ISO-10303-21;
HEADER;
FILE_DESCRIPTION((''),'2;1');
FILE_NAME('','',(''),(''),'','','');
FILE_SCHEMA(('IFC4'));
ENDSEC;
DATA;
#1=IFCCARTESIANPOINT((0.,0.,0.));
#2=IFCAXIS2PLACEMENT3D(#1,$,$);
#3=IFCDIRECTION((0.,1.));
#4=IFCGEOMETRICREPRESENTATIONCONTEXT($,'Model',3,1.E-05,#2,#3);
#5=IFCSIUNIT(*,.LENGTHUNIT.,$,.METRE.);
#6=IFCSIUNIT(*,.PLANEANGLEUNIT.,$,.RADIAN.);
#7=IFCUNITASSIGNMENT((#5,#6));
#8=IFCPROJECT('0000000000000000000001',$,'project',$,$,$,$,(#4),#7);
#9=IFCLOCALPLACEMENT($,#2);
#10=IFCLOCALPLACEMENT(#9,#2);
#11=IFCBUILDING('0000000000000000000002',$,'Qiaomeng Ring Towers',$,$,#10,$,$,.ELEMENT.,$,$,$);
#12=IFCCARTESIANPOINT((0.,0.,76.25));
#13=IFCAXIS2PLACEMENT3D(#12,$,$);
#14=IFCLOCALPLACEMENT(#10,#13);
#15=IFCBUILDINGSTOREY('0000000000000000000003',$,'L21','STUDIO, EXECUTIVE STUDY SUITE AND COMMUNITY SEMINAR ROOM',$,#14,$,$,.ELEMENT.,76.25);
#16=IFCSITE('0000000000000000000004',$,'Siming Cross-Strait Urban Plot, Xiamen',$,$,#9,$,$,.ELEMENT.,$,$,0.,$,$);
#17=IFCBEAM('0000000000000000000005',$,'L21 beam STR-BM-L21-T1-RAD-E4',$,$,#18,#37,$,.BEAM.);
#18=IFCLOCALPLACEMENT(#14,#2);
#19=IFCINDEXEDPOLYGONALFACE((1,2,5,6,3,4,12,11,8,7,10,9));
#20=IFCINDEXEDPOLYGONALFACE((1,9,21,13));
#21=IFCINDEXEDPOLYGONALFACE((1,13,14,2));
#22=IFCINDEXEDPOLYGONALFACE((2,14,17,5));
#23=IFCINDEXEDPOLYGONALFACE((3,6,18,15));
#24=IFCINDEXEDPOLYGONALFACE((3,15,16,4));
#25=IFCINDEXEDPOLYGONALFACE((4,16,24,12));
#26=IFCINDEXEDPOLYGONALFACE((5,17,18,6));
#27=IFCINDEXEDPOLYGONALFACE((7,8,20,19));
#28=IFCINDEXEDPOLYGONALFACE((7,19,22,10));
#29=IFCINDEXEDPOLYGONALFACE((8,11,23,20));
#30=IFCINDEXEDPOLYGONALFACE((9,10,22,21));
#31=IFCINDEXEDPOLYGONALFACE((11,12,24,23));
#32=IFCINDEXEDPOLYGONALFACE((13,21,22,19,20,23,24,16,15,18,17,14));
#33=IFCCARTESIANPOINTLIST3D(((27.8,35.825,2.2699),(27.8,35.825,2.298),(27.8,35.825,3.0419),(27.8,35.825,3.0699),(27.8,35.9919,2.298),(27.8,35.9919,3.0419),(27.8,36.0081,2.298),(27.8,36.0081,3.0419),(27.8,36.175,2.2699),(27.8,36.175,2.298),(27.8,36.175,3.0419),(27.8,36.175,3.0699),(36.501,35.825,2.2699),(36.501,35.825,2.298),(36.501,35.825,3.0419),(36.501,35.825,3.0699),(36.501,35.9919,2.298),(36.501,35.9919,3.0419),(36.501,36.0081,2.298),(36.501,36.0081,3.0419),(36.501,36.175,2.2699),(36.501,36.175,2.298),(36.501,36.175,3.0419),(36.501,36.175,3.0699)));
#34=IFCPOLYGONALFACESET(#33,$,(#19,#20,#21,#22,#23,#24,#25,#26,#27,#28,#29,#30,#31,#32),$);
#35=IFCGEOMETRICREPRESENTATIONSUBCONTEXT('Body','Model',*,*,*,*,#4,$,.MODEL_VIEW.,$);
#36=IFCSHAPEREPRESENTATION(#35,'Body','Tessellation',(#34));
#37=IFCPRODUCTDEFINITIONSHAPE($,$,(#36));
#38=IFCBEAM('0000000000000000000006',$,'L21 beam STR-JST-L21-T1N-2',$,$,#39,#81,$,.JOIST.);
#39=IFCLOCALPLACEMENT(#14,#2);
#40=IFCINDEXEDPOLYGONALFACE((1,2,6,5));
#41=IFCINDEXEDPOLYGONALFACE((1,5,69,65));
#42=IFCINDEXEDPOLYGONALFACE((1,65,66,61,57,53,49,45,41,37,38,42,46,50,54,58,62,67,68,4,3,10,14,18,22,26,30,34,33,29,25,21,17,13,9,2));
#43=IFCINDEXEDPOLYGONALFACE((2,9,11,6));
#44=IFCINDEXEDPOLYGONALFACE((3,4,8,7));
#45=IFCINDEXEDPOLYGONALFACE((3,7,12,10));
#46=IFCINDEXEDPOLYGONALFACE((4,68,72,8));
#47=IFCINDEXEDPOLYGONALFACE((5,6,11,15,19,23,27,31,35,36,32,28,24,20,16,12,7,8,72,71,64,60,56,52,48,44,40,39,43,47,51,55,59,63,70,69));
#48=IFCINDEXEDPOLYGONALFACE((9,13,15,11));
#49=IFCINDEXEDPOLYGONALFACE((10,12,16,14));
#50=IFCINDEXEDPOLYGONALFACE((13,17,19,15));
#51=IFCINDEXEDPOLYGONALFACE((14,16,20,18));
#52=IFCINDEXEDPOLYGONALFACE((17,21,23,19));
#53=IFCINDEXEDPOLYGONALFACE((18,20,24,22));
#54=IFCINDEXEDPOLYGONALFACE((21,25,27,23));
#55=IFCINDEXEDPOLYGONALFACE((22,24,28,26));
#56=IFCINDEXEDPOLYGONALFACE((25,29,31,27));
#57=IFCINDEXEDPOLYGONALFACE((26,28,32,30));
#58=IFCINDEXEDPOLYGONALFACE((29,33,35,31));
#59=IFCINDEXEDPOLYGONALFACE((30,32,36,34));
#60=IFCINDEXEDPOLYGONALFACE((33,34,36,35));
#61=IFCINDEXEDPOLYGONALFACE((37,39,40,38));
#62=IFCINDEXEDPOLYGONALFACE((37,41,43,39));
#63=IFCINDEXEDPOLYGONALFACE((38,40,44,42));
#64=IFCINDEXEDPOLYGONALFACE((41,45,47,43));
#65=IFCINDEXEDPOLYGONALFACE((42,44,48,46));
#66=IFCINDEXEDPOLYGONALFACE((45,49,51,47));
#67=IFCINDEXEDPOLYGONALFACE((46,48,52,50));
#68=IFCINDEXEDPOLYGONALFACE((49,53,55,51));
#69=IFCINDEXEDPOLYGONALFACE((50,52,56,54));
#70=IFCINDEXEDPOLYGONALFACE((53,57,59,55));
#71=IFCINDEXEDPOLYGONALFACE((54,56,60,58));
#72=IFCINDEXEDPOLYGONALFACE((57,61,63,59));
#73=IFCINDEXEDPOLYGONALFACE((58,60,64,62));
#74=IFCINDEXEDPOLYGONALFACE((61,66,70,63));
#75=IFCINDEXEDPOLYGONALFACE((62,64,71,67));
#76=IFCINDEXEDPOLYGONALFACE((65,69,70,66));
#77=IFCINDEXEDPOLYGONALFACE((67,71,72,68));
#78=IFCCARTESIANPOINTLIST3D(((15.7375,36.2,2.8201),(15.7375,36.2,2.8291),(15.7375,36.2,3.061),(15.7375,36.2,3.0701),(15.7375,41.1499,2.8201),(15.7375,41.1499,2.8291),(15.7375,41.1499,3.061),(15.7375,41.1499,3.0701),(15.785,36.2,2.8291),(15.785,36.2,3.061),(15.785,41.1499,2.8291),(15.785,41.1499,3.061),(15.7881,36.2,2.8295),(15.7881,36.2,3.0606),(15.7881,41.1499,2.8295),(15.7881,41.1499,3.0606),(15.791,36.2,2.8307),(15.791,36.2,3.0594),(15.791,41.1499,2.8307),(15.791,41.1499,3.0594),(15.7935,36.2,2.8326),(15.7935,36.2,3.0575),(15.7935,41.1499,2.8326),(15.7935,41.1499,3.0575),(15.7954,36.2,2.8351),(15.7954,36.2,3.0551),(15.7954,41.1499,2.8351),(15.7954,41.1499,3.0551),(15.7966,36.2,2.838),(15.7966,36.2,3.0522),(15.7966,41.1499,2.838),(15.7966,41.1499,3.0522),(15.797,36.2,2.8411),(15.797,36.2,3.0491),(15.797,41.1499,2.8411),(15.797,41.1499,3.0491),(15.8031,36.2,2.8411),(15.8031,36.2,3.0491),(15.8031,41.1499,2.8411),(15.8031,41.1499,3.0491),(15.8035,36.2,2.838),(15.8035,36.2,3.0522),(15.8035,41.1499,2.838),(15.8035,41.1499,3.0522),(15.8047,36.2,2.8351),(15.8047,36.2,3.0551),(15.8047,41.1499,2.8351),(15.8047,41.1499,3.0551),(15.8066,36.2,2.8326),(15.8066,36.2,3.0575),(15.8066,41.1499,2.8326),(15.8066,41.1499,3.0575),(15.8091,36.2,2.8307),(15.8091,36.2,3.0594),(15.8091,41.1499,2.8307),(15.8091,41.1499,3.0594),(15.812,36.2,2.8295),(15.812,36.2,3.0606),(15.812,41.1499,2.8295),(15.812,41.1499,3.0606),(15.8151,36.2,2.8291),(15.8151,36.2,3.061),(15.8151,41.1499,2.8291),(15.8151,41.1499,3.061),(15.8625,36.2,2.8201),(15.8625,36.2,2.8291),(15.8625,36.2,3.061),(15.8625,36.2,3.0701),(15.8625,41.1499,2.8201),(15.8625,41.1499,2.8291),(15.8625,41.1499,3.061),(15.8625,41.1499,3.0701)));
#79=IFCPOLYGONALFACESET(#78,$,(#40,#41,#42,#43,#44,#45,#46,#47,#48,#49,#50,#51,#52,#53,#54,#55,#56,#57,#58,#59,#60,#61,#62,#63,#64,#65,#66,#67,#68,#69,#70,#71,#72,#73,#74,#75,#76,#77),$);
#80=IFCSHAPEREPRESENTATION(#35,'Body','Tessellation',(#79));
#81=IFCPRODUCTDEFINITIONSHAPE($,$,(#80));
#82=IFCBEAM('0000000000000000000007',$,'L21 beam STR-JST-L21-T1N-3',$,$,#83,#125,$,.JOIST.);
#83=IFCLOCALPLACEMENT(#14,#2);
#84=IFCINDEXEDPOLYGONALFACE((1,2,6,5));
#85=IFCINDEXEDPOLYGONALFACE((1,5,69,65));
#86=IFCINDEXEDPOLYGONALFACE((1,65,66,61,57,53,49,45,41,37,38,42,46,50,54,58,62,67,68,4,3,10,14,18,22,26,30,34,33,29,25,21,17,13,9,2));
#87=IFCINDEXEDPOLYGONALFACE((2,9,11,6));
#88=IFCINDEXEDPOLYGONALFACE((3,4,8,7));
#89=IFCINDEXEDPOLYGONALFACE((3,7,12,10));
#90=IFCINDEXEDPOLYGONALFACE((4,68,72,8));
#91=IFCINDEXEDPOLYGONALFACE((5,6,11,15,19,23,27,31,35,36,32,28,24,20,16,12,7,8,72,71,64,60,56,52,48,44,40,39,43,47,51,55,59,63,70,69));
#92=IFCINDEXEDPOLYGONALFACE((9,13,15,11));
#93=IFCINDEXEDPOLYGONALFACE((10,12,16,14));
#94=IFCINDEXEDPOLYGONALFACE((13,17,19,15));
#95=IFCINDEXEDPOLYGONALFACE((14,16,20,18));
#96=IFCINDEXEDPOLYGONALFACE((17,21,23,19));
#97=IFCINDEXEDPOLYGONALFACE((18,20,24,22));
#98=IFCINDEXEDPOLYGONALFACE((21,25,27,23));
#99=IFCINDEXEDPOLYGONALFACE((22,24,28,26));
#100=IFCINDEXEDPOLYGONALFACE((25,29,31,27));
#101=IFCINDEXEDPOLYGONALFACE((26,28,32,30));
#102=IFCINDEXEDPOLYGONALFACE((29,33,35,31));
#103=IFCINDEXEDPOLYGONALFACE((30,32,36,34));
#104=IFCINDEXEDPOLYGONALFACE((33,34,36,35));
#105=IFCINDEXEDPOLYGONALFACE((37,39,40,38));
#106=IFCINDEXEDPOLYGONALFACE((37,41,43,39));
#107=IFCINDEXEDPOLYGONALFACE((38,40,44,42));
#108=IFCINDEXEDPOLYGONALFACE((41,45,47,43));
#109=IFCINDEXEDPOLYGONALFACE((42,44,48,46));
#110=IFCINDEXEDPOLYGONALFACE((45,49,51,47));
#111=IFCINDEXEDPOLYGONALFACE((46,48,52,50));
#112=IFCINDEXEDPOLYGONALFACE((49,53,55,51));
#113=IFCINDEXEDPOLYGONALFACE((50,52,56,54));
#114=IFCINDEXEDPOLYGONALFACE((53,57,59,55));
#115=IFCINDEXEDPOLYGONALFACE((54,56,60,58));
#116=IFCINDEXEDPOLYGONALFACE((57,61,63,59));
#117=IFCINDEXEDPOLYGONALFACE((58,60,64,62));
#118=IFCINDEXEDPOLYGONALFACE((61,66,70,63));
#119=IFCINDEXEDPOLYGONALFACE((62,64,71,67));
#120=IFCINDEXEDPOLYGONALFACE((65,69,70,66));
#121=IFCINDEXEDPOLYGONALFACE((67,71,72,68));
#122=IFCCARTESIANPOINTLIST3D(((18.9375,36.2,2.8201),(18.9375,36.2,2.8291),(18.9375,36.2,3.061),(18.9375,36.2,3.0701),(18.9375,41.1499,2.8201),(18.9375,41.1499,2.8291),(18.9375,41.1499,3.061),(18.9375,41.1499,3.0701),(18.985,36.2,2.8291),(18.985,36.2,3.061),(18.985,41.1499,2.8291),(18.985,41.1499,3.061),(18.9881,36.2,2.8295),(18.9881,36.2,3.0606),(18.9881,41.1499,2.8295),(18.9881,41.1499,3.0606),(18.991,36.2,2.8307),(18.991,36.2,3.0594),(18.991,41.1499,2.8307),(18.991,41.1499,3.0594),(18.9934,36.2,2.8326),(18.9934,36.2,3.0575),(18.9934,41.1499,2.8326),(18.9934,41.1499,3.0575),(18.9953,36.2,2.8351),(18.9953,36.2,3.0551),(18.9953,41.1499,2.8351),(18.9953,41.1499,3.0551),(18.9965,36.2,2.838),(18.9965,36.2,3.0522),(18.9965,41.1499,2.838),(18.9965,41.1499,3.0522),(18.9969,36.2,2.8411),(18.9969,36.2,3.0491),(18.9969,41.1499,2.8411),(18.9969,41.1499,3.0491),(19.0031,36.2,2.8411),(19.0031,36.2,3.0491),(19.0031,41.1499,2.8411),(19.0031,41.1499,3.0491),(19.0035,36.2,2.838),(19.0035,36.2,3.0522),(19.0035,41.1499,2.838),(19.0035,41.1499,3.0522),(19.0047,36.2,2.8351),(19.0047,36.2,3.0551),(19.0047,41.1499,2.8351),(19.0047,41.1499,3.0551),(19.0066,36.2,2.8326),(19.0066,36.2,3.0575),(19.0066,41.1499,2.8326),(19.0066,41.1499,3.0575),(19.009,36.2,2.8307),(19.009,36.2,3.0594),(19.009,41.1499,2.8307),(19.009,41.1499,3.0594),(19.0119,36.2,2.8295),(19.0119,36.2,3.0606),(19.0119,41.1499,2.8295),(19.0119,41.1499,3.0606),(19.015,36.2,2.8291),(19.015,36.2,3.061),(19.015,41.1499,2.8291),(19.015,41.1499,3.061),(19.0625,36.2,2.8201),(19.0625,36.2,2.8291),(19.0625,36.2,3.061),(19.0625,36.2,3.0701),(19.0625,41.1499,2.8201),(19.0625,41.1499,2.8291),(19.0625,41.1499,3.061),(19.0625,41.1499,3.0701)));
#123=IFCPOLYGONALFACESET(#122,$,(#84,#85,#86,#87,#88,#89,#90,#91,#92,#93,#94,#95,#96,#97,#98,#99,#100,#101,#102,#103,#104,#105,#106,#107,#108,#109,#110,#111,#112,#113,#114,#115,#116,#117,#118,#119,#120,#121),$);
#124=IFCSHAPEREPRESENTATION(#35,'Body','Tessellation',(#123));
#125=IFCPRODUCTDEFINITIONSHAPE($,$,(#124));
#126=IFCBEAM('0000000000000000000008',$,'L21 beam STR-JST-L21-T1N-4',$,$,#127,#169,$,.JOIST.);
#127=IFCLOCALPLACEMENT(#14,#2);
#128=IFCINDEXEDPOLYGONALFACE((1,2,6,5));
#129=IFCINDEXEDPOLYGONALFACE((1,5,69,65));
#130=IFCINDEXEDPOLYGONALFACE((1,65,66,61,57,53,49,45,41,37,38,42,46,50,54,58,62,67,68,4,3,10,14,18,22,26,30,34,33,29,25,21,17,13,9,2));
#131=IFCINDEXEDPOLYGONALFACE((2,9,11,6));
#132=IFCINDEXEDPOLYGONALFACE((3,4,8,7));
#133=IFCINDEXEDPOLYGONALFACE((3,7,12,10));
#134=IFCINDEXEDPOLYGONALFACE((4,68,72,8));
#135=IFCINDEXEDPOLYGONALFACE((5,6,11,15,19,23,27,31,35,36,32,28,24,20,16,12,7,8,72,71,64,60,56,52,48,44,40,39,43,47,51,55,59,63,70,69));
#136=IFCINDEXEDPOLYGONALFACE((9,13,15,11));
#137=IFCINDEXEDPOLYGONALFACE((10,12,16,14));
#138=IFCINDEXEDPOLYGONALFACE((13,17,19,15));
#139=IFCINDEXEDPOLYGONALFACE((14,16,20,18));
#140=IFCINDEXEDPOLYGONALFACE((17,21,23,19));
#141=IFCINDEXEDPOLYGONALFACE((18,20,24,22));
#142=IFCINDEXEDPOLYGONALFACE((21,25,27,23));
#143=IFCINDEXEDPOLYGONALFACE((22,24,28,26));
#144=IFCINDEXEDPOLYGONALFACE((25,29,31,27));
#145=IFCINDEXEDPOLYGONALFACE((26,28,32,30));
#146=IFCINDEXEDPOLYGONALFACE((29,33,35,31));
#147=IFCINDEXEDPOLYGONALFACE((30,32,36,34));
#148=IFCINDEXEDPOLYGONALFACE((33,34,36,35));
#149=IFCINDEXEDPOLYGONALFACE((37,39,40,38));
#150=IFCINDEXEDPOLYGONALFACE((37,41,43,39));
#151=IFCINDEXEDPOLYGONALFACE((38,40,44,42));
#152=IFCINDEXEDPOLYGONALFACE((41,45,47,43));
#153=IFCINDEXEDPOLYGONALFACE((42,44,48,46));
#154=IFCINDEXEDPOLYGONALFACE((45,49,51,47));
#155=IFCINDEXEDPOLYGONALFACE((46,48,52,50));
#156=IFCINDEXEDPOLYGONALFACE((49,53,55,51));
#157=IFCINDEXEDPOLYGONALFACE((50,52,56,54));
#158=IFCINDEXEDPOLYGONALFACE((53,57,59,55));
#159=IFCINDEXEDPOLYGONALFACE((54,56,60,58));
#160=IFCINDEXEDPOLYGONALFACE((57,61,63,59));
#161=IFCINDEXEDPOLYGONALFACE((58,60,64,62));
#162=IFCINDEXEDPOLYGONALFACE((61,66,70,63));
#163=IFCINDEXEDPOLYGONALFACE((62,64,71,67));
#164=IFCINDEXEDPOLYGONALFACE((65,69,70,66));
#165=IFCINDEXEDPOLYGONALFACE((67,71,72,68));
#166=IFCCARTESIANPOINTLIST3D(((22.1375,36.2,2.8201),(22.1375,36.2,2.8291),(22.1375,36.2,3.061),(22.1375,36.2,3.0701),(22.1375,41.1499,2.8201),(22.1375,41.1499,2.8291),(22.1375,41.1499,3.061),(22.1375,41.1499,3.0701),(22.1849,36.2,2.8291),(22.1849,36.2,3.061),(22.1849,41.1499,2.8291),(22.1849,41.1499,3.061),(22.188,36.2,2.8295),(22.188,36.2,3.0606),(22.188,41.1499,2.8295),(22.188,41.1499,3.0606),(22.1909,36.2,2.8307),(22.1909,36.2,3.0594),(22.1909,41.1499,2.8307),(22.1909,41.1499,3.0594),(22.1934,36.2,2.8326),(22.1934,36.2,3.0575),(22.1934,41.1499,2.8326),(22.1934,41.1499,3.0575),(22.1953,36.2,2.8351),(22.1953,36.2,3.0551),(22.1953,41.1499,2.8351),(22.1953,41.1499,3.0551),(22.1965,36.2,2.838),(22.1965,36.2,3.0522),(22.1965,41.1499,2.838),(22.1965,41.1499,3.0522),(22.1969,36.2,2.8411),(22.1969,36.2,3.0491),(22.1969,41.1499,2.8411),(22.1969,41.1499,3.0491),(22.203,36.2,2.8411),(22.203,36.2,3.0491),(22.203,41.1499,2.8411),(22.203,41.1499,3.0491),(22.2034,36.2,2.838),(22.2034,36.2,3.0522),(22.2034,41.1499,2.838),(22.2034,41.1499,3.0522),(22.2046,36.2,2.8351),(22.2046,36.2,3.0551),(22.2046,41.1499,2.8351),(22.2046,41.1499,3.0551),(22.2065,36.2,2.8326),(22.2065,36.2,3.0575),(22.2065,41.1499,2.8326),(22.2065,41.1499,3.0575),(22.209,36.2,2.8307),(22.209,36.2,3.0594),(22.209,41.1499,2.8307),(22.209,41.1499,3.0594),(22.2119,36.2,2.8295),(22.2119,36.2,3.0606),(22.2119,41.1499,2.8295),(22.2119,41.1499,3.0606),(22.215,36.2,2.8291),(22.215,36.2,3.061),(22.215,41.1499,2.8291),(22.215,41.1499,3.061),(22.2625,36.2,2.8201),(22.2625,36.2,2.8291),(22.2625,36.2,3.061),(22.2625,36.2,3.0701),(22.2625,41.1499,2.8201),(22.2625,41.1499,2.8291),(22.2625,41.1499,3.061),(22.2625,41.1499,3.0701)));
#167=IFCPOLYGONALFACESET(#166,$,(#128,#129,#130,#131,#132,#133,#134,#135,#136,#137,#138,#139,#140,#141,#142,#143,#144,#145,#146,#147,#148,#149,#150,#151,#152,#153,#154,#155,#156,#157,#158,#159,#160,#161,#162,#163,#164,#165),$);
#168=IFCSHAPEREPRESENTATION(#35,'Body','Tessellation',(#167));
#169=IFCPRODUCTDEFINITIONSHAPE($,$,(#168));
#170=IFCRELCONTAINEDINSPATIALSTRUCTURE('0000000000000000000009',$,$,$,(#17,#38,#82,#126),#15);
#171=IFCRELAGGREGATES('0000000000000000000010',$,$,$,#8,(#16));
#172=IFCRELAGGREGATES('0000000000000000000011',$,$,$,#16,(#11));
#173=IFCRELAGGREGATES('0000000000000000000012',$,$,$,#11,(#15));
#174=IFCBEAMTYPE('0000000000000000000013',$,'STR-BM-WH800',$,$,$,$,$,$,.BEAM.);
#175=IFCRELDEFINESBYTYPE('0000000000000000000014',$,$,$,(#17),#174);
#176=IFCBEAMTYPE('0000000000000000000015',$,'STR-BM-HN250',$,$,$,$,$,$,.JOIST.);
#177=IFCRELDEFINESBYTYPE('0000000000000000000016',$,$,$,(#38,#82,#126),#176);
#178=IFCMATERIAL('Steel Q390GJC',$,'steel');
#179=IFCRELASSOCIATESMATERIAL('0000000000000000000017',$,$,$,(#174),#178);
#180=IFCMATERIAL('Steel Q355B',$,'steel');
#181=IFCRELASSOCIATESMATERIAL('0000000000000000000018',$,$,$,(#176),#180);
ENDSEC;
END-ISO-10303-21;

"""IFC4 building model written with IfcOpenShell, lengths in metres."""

from ifc_helpers import new_model, si_unit, direction, frame, origin, origin_2d, place, context, subcontext, project, spatial, i_section, extrude, source, transform, mapped, material, material_profile, profile_set, type_object, element, save


model = new_model("IFC4")

# Units and contexts
model_context = context("Model", 3, precision=1e-05, world=origin(), true_north=direction((0.0, 1.0)))
body_context = subcontext(model_context, "Body", "Model", "MODEL_VIEW")
ifc_project = project(units=[si_unit("LENGTHUNIT", "METRE"), si_unit("PLANEANGLEUNIT", "RADIAN")], contexts=[model_context])

# Site, building, storey
site_placement = place(None, origin())
site = spatial("IfcSite", under=ifc_project, at=site_placement, Name="Siming Cross-Strait Urban Plot, Xiamen", CompositionType="ELEMENT", RefElevation=0.0)
building_placement = place(site_placement, origin())
building = spatial("IfcBuilding", under=site, at=building_placement, Name="Qiaomeng Ring Towers", CompositionType="ELEMENT")
storey_placement = place(building_placement, frame((0.0, 0.0, 76.25)))
storey = spatial("IfcBuildingStorey", under=building, at=storey_placement, Name="L21", Description="STUDIO, EXECUTIVE STUDY SUITE AND COMMUNITY SEMINAR ROOM", CompositionType="ELEMENT", Elevation=76.25)

# Beams
ifc_material_1 = material(Name="Steel Q390GJC", Category="steel")
ifc_material_profile_1 = material_profile(ifc_material_1, i_section(OverallWidth=0.3501, OverallDepth=0.8, WebThickness=0.0161, FlangeThickness=0.0281, at=origin_2d()), Name="WH 800x350x16x28")
ifc_profile_set_1 = profile_set([ifc_material_profile_1], Name="Steel Q390GJC")
beam_type_1 = type_object("IfcBeamType", Name="STR-BM-WH800", PredefinedType="BEAM", material=ifc_profile_set_1)
shared_shape_1 = source(origin(), body_context, "Body", "SweptSolid", [
    extrude(i_section(OverallWidth=0.3501, OverallDepth=0.8, WebThickness=0.0161, FlangeThickness=0.0281, at=origin_2d()), origin(), (0.0, 0.0, 1.0), 8.7009),
])
beam_placement = place(storey_placement, frame((27.8, 36.0, 2.6699), z_axis=(1.0, 0.0, 0.0), x_axis=(0.0, 1.0, 0.0)))
element("IfcBeam", 1, at=beam_placement, inside=storey, type_object=beam_type_1, Name="L21 beam STR-BM-L21-T1-RAD-E4", PredefinedType="BEAM", context=body_context, shape_type="MappedRepresentation", body=[
    mapped(shared_shape_1, transform((0.0, 0.0, 0.0), x_axis=(1.0, 0.0, 0.0), y_axis=(0.0, 1.0, 0.0), z_axis=(0.0, 0.0, 1.0), scale=1.0)),
])
ifc_material_2 = material(Name="Steel Q355B", Category="steel")
ifc_material_profile_2 = material_profile(ifc_material_2, i_section(OverallWidth=0.125, OverallDepth=0.25, WebThickness=0.0061, FlangeThickness=0.009, FilletRadius=0.012, at=origin_2d()), Name="HN 250x125x6x9")
ifc_profile_set_2 = profile_set([ifc_material_profile_2], Name="Steel Q355B")
beam_type_2 = type_object("IfcBeamType", Name="STR-BM-HN250", PredefinedType="JOIST", material=ifc_profile_set_2)
shared_shape_2 = source(origin(), body_context, "Body", "SweptSolid", [
    extrude(i_section(OverallWidth=0.125, OverallDepth=0.25, WebThickness=0.0061, FlangeThickness=0.009, FilletRadius=0.012, at=origin_2d()), origin(), (0.0, 0.0, 1.0), 4.95),
])
for number, where, z_axis, x_axis, name in (
    (2, (15.8, 36.2, 2.9451), (0.0, 1.0, 0.0), (-1.0, 0.0, 0.0), "L21 beam STR-JST-L21-T1N-2"),
    (3, (19.0, 36.2, 2.9451), (0.0, 1.0, 0.0), (-1.0, 0.0, 0.0), "L21 beam STR-JST-L21-T1N-3"),
    (4, (22.2, 36.2, 2.9451), (0.0, 1.0, 0.0), (-1.0, 0.0, 0.0), "L21 beam STR-JST-L21-T1N-4"),
):
    element("IfcBeam", number, at=place(storey_placement, frame(where, z_axis=z_axis, x_axis=x_axis)), inside=storey, type_object=beam_type_2, Name=name, PredefinedType="JOIST", context=body_context, shape_type="MappedRepresentation", body=[
        mapped(shared_shape_2, transform((0.0, 0.0, 0.0), x_axis=(1.0, 0.0, 0.0), y_axis=(0.0, 1.0, 0.0), z_axis=(0.0, 0.0, 1.0), scale=1.0)),
    ])

save(model, "model.ifc")
